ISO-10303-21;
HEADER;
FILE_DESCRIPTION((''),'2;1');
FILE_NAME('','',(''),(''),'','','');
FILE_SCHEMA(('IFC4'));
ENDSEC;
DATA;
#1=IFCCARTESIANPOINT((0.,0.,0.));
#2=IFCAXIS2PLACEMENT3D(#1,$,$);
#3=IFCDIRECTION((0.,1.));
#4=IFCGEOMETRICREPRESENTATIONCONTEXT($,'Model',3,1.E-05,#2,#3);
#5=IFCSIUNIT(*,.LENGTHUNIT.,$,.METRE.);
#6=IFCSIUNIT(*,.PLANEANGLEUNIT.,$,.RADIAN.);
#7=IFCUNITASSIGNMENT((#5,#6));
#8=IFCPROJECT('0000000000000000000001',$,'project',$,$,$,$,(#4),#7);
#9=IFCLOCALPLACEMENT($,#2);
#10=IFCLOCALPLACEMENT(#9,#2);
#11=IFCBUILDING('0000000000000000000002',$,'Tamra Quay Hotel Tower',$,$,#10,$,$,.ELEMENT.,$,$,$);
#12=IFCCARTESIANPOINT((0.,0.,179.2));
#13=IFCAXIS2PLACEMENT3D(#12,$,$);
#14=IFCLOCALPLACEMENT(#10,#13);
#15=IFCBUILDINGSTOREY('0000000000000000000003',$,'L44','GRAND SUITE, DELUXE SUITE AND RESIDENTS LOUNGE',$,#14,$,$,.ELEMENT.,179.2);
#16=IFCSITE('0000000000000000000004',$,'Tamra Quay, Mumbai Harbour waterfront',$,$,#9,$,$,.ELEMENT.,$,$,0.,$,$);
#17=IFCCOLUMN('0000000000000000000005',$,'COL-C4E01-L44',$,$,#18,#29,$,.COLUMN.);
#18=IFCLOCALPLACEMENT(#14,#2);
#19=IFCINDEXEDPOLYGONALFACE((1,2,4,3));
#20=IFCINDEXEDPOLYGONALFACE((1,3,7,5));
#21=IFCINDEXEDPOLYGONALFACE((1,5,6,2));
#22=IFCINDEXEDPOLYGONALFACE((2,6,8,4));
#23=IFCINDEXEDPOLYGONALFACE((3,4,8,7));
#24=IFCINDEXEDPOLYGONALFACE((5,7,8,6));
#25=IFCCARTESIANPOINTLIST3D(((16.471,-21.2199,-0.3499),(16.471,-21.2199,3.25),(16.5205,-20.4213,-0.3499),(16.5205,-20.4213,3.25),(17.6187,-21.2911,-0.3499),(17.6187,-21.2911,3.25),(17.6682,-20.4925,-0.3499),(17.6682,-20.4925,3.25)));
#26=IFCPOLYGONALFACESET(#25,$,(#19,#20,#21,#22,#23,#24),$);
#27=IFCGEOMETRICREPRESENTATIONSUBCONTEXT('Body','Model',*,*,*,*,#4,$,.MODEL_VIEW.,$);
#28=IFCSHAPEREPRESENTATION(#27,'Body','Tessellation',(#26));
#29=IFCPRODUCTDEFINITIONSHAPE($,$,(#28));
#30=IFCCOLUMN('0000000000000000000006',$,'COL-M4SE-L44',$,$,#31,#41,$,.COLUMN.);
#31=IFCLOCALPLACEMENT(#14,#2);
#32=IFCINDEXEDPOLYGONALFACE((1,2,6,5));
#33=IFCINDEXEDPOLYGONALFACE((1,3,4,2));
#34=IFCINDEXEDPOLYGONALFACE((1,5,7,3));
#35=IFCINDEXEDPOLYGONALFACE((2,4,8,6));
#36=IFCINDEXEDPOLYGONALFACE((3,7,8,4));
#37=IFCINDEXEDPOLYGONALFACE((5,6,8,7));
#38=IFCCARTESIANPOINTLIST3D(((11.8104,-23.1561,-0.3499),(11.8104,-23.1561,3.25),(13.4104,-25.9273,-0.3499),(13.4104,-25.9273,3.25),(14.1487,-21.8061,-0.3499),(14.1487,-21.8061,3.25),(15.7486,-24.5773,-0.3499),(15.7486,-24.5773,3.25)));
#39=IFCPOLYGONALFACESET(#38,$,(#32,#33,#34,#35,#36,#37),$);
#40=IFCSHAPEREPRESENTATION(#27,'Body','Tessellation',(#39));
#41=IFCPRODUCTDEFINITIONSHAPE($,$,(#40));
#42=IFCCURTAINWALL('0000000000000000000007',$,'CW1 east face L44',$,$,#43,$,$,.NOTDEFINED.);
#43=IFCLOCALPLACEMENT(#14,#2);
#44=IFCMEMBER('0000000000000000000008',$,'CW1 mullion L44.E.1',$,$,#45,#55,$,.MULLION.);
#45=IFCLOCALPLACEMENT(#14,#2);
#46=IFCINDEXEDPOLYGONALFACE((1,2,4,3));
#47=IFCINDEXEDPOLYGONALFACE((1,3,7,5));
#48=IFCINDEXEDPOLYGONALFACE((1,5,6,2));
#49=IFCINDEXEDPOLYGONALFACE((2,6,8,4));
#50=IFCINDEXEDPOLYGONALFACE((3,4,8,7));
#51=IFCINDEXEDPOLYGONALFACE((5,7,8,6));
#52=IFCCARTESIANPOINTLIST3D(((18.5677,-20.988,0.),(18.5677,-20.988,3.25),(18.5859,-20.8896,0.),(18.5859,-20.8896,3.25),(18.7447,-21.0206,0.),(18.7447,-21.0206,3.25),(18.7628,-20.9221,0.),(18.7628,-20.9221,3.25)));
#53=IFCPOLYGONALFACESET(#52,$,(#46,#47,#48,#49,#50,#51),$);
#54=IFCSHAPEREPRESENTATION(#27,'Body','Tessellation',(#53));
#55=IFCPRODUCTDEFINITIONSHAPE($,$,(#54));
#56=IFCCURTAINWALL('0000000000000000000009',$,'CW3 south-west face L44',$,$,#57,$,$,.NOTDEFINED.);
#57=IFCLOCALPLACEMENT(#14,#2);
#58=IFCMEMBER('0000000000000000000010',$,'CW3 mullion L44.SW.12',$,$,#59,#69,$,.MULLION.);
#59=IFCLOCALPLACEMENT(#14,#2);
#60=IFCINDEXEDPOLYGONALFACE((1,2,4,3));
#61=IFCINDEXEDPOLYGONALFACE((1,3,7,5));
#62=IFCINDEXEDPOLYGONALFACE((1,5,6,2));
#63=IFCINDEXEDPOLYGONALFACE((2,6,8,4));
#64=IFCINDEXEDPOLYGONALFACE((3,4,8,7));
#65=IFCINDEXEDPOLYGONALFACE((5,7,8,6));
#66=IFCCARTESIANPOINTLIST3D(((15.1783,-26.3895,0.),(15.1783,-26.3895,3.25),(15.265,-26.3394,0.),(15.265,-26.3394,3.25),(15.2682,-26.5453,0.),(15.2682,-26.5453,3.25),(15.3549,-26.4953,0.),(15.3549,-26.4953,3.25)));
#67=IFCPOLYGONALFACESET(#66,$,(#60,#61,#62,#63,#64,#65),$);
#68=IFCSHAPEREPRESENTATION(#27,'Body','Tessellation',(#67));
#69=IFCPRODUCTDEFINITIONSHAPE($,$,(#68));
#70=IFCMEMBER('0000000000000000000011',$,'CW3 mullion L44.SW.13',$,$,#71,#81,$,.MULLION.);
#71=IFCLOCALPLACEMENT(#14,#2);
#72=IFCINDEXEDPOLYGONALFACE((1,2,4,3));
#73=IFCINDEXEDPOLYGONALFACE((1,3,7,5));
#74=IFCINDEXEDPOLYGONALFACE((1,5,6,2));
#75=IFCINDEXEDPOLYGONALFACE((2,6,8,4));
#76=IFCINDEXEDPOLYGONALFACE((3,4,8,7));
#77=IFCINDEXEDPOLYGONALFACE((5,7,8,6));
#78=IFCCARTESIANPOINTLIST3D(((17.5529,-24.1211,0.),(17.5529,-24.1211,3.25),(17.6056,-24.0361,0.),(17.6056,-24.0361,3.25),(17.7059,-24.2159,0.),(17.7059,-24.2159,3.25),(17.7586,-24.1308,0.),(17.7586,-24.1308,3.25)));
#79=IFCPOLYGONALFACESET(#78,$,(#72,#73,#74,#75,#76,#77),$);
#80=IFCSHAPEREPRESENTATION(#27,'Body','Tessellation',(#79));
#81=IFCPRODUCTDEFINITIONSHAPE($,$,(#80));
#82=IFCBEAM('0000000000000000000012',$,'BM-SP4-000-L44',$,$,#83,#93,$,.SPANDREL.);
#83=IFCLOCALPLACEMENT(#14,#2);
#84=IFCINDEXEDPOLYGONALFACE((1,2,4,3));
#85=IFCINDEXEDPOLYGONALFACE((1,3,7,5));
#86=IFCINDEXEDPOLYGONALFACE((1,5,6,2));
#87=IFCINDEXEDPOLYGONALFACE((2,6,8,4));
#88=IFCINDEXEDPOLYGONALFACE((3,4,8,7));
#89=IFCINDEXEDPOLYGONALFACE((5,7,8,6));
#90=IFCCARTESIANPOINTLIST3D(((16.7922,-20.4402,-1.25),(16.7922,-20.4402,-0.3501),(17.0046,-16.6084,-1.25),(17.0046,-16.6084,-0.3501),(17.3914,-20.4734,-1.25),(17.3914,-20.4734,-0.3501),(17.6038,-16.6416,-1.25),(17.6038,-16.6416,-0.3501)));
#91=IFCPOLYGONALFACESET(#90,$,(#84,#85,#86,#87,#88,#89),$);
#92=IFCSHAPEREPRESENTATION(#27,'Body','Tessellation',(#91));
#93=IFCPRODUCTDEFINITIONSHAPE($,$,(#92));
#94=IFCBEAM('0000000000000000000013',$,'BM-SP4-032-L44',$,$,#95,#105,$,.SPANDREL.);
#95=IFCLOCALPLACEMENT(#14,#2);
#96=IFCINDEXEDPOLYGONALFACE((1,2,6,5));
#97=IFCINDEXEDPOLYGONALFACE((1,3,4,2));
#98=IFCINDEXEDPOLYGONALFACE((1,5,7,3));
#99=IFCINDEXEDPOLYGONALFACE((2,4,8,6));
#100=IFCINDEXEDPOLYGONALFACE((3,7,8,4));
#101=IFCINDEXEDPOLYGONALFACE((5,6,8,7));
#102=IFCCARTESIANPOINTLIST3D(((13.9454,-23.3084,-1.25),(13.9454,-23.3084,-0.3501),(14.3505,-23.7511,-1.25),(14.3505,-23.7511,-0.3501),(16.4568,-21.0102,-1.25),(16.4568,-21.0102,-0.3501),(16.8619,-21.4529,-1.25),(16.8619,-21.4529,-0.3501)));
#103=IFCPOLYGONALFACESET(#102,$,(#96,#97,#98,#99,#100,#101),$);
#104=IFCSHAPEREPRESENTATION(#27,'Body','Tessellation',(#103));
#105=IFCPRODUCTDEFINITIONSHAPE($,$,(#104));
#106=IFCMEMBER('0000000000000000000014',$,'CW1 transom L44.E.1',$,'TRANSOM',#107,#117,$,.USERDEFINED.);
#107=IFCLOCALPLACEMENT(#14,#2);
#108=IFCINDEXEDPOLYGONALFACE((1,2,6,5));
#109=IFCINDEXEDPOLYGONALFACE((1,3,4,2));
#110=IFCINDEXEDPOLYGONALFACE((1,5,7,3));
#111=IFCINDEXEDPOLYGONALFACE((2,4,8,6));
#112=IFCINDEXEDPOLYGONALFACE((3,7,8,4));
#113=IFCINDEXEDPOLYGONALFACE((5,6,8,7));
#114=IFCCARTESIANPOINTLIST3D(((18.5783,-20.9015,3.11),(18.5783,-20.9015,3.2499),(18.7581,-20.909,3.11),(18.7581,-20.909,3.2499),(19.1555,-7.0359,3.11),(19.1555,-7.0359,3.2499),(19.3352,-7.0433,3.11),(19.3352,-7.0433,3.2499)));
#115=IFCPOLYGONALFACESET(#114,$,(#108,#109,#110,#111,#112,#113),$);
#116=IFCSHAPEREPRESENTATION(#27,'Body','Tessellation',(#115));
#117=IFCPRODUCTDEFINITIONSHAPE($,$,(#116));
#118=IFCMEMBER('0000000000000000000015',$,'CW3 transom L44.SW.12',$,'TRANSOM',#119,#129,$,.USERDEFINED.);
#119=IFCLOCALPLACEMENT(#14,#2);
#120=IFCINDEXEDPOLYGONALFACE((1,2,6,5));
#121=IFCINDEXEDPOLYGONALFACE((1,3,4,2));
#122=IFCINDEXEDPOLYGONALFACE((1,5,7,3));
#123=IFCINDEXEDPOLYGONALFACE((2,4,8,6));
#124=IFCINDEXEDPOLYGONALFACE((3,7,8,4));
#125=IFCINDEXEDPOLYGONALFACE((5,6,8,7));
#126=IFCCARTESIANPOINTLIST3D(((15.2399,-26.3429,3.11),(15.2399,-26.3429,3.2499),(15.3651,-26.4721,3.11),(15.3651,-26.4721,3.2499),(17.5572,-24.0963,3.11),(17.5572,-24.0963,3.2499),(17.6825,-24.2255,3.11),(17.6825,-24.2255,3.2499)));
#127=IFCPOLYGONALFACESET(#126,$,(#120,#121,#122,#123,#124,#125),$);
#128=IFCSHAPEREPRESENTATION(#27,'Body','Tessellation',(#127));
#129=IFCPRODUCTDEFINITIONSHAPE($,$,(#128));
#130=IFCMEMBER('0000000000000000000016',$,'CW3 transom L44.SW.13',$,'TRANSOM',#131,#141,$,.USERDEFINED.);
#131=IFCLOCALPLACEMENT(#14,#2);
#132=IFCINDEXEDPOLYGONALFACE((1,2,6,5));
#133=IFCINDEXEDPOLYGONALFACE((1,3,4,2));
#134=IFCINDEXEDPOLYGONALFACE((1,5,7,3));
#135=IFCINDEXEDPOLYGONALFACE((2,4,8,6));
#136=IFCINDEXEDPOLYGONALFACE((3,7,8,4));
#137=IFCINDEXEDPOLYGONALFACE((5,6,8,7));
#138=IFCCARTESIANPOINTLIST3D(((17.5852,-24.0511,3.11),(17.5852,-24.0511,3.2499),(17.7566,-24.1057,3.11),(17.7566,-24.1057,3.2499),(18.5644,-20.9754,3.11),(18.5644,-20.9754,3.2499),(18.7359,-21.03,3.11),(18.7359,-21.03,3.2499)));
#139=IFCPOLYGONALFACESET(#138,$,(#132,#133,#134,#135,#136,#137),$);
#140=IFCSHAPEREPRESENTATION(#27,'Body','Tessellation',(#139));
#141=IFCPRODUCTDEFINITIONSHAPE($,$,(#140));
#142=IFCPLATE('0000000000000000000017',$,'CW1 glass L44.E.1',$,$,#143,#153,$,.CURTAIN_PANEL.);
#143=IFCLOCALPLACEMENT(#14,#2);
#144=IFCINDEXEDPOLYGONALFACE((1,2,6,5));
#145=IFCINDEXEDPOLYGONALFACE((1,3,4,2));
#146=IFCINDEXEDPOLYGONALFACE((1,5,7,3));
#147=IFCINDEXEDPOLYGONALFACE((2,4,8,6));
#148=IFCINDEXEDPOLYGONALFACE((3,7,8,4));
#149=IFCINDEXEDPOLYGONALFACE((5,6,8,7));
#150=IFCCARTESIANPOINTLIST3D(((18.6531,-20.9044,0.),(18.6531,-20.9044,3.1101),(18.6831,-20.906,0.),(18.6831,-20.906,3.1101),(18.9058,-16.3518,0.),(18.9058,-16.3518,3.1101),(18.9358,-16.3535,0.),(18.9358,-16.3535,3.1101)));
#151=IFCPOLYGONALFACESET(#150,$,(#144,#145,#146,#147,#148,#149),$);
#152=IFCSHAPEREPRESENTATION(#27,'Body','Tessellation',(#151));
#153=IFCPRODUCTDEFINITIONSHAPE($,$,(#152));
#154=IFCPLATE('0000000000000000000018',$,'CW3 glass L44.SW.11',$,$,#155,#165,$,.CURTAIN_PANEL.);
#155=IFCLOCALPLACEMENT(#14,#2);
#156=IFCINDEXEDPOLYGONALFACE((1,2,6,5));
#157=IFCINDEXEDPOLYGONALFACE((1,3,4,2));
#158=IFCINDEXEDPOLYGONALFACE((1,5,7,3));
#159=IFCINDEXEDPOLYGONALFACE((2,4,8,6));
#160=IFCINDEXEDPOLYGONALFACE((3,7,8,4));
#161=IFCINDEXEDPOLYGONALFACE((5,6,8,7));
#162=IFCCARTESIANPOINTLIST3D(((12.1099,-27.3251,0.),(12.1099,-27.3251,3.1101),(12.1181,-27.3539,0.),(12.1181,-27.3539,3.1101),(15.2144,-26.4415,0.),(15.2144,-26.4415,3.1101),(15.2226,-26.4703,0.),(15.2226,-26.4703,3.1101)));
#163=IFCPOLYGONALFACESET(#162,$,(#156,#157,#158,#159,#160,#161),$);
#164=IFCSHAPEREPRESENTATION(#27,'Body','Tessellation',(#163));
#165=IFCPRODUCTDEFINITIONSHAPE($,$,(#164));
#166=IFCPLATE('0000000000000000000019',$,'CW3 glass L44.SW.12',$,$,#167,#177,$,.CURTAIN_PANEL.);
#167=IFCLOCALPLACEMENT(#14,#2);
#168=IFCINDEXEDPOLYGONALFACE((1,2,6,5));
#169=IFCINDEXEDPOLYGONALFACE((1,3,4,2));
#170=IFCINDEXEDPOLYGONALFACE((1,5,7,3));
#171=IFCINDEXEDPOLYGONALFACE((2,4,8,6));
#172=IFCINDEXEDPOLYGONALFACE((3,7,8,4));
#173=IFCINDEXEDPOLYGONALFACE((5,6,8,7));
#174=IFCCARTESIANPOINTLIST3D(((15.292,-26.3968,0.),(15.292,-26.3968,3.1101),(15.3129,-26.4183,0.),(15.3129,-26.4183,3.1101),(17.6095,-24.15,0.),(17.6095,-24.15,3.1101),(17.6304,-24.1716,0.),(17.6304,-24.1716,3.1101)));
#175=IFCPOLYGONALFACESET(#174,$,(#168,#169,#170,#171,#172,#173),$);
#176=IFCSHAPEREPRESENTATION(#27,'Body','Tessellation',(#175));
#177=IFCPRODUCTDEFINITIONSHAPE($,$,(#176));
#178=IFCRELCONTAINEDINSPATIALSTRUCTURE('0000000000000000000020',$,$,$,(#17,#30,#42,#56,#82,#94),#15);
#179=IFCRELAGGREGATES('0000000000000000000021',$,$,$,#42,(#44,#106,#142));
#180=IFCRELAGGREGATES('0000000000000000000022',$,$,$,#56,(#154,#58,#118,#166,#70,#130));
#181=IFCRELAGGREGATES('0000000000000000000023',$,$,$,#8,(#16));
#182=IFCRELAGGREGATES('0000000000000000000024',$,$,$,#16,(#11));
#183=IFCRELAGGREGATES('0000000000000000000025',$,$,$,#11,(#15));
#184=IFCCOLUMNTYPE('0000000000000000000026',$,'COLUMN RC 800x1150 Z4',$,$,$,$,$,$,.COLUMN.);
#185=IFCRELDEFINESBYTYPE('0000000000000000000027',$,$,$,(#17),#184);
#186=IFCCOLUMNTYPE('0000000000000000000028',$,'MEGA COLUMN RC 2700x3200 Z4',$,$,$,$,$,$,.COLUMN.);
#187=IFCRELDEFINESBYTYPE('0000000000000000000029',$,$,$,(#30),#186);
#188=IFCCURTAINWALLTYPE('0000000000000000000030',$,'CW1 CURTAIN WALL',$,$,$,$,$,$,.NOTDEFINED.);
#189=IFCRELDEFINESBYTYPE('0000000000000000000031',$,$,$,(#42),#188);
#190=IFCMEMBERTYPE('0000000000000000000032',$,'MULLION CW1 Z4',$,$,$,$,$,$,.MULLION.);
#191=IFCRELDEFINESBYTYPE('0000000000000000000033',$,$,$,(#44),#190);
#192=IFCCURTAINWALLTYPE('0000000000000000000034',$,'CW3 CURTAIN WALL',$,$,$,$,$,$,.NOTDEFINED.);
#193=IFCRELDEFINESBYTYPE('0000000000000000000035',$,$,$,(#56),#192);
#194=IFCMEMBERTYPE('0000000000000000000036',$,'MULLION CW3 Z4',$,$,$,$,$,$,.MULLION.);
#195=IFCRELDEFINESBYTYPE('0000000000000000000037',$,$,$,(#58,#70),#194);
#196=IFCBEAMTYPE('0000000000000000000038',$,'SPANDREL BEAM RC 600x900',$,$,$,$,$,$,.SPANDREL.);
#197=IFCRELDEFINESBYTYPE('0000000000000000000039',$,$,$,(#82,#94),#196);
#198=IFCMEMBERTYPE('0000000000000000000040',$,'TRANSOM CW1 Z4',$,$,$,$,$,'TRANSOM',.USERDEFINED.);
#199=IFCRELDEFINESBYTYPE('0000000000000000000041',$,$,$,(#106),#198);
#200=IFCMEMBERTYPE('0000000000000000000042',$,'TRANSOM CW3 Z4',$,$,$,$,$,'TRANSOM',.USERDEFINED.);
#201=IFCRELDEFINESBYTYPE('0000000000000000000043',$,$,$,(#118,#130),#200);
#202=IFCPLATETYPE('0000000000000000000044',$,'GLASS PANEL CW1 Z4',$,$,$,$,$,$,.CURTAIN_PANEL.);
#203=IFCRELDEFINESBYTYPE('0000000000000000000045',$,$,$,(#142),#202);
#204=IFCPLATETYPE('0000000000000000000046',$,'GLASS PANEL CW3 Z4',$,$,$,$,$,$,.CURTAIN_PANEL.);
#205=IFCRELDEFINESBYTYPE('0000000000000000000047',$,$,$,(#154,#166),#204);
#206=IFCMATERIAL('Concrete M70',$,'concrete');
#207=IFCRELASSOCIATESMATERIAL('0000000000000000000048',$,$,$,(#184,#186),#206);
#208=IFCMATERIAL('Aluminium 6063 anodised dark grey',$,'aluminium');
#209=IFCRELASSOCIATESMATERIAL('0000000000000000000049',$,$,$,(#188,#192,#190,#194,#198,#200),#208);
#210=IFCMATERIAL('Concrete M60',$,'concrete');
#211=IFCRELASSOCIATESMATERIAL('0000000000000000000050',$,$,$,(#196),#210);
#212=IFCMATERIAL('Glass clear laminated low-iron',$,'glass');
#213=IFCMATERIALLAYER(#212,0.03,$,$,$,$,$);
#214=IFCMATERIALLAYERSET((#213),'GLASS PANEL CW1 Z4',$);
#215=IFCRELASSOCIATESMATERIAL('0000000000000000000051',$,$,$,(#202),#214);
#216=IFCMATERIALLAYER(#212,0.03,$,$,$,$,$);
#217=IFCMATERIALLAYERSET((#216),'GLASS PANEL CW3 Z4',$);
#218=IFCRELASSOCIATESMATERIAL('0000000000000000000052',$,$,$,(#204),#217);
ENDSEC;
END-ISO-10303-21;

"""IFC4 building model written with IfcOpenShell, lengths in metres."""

from ifc_helpers import new_model, si_unit, direction, frame, origin, origin_2d, place, context, subcontext, project, spatial, rectangle, extrude, material, layer, layer_set, material_profile, profile_set, type_object, element, aggregate, save


model = new_model("IFC4")

# Units and contexts
model_context = context("Model", 3, precision=1e-05, world=origin(), true_north=direction((0.0, 1.0)))
body_context = subcontext(model_context, "Body", "Model", "MODEL_VIEW")
ifc_project = project(units=[si_unit("LENGTHUNIT", "METRE"), si_unit("PLANEANGLEUNIT", "RADIAN")], contexts=[model_context])

# Site, building, storey
site_placement = place(None, origin())
site = spatial("IfcSite", under=ifc_project, at=site_placement, Name="Tamra Quay, Mumbai Harbour waterfront", CompositionType="ELEMENT", RefElevation=0.0)
building_placement = place(site_placement, origin())
building = spatial("IfcBuilding", under=site, at=building_placement, Name="Tamra Quay Hotel Tower", CompositionType="ELEMENT")
storey_placement = place(building_placement, frame((0.0, 0.0, 179.2)))
storey = spatial("IfcBuildingStorey", under=building, at=storey_placement, Name="L44", Description="GRAND SUITE, DELUXE SUITE AND RESIDENTS LOUNGE", CompositionType="ELEMENT", Elevation=179.2)

# Columns
ifc_material_1 = material(Name="Concrete M70", Category="concrete")
ifc_material_profile_1 = material_profile(ifc_material_1, rectangle(XDim=1.1499, YDim=0.8, at=origin_2d()), Name="COLUMN RC 800x1150 Z4")
ifc_profile_set_1 = profile_set([ifc_material_profile_1], Name="Concrete M70")
column_type_1 = type_object("IfcColumnType", Name="COLUMN RC 800x1150 Z4", PredefinedType="COLUMN", material=ifc_profile_set_1)
column_1_placement = place(storey_placement, frame((17.0696, -20.8562, -0.3499), z_axis=(0.0, 0.0, 1.0), x_axis=(-0.998081, 0.061921, 0.0)))
element("IfcColumn", 1, at=column_1_placement, inside=storey, type_object=column_type_1, Name="COL-C4E01-L44", PredefinedType="COLUMN", context=body_context, shape_type="SweptSolid", body=[
    extrude(rectangle(XDim=1.1499, YDim=0.8, at=origin_2d()), origin(), (0.0, 0.0, 1.0), 3.5999),
])
ifc_material_profile_2 = material_profile(ifc_material_1, rectangle(XDim=3.2, YDim=2.7, at=origin_2d()), Name="MEGA COLUMN RC 2700x3200 Z4")
ifc_profile_set_2 = profile_set([ifc_material_profile_2], Name="Concrete M70")
column_type_2 = type_object("IfcColumnType", Name="MEGA COLUMN RC 2700x3200 Z4", PredefinedType="COLUMN", material=ifc_profile_set_2)
column_2_placement = place(storey_placement, frame((13.7795, -23.8667, -0.3499), z_axis=(0.0, 0.0, 1.0), x_axis=(-0.5, 0.866025, 0.0)))
element("IfcColumn", 2, at=column_2_placement, inside=storey, type_object=column_type_2, Name="COL-M4SE-L44", PredefinedType="COLUMN", context=body_context, shape_type="SweptSolid", body=[
    extrude(rectangle(XDim=3.2, YDim=2.7, at=origin_2d()), origin(), (0.0, 0.0, 1.0), 3.5999),
])

# Curtain wall, member
ifc_material_2 = material(Name="Aluminium 6063 anodised dark grey", Category="aluminium")
curtain_wall_type_1 = type_object("IfcCurtainWallType", Name="CW1 CURTAIN WALL", PredefinedType="NOTDEFINED", material=ifc_material_2)
curtain_wall_1_placement = place(storey_placement, origin())
curtain_wall_1 = element("IfcCurtainWall", 3, at=curtain_wall_1_placement, inside=storey, type_object=curtain_wall_type_1, Name="CW1 east face L44", PredefinedType="NOTDEFINED")
ifc_material_profile_3 = material_profile(ifc_material_2, rectangle(XDim=0.1799, YDim=0.1001, at=origin_2d()), Name="MULLION 100X180")
ifc_profile_set_3 = profile_set([ifc_material_profile_3], Name="Aluminium 6063 anodised dark grey")
member_type_1 = type_object("IfcMemberType", Name="MULLION CW1 Z4", PredefinedType="MULLION", material=ifc_profile_set_3)
member_1_placement = place(storey_placement, frame((18.6653, -20.9551, 0.0), z_axis=(0.0, 0.0, 1.0), x_axis=(0.983509, -0.180857, 0.0)))
member_1 = element("IfcMember", 4, at=member_1_placement, type_object=member_type_1, Name="CW1 mullion L44.E.1", PredefinedType="MULLION", context=body_context, shape_type="SweptSolid", body=[
    extrude(rectangle(XDim=0.1799, YDim=0.1001, at=origin_2d()), origin(), (0.0, 0.0, 1.0), 3.25),
])

# Curtain wall, members
curtain_wall_type_2 = type_object("IfcCurtainWallType", Name="CW3 CURTAIN WALL", PredefinedType="NOTDEFINED", material=ifc_material_2)
curtain_wall_2_placement = place(storey_placement, origin())
curtain_wall_2 = element("IfcCurtainWall", 5, at=curtain_wall_2_placement, inside=storey, type_object=curtain_wall_type_2, Name="CW3 south-west face L44", PredefinedType="NOTDEFINED")
ifc_material_profile_4 = material_profile(ifc_material_2, rectangle(XDim=0.1799, YDim=0.1001, at=origin_2d()), Name="MULLION 100X180")
ifc_profile_set_4 = profile_set([ifc_material_profile_4], Name="Aluminium 6063 anodised dark grey")
member_type_2 = type_object("IfcMemberType", Name="MULLION CW3 Z4", PredefinedType="MULLION", material=ifc_profile_set_4)
member_2_placement = place(storey_placement, frame((15.2666, -26.4424, 0.0), z_axis=(0.0, 0.0, 1.0), x_axis=(0.5, -0.866025, 0.0)))
member_2 = element("IfcMember", 6, at=member_2_placement, type_object=member_type_2, Name="CW3 mullion L44.SW.12", PredefinedType="MULLION", context=body_context, shape_type="SweptSolid", body=[
    extrude(rectangle(XDim=0.1799, YDim=0.1001, at=origin_2d()), origin(), (0.0, 0.0, 1.0), 3.25),
])
member_3_placement = place(storey_placement, frame((17.6558, -24.126, 0.0), z_axis=(0.0, 0.0, 1.0), x_axis=(0.850122, -0.526586, 0.0)))
member_3 = element("IfcMember", 7, at=member_3_placement, type_object=member_type_2, Name="CW3 mullion L44.SW.13", PredefinedType="MULLION", context=body_context, shape_type="SweptSolid", body=[
    extrude(rectangle(XDim=0.1799, YDim=0.1001, at=origin_2d()), origin(), (0.0, 0.0, 1.0), 3.25),
])

# Beams
ifc_material_3 = material(Name="Concrete M60", Category="concrete")
ifc_material_profile_5 = material_profile(ifc_material_3, rectangle(XDim=0.6001, YDim=0.8999, at=origin_2d()), Name="SPANDREL BEAM RC 600x900")
ifc_profile_set_5 = profile_set([ifc_material_profile_5], Name="Concrete M60")
beam_type = type_object("IfcBeamType", Name="SPANDREL BEAM RC 600x900", PredefinedType="SPANDREL", material=ifc_profile_set_5)
beam_1_placement = place(storey_placement, frame((17.0918, -20.4568, -0.8), z_axis=(0.055347, 0.998467, 0.0), x_axis=(-0.998467, 0.055347, 0.0)))
element("IfcBeam", 8, at=beam_1_placement, inside=storey, type_object=beam_type, Name="BM-SP4-000-L44", PredefinedType="SPANDREL", context=body_context, shape_type="SweptSolid", body=[
    extrude(rectangle(XDim=0.6001, YDim=0.8999, at=origin_2d()), origin(), (0.0, 0.0, 1.0), 3.8376),
])
beam_2_placement = place(storey_placement, frame((14.1479, -23.5298, -0.8), z_axis=(0.737716, 0.675111, 0.0), x_axis=(-0.675111, 0.737716, 0.0)))
element("IfcBeam", 9, at=beam_2_placement, inside=storey, type_object=beam_type, Name="BM-SP4-032-L44", PredefinedType="SPANDREL", context=body_context, shape_type="SweptSolid", body=[
    extrude(rectangle(XDim=0.6001, YDim=0.8999, at=origin_2d()), origin(), (0.0, 0.0, 1.0), 3.4043),
])

# Members
ifc_material_profile_6 = material_profile(ifc_material_2, rectangle(XDim=0.1799, YDim=0.1399, at=origin_2d()), Name="TRANSOM 180X140")
ifc_profile_set_6 = profile_set([ifc_material_profile_6], Name="Aluminium 6063 anodised dark grey")
member_type_3 = type_object("IfcMemberType", Name="TRANSOM CW1 Z4", ElementType="TRANSOM", PredefinedType="USERDEFINED", material=ifc_profile_set_6)
member_4_placement = place(storey_placement, frame((18.6682, -20.9053, 3.1799), z_axis=(0.041588, 0.999135, 0.0), x_axis=(-0.999135, 0.041588, 0.0)))
member_4 = element("IfcMember", 10, at=member_4_placement, type_object=member_type_3, Name="CW1 transom L44.E.1", ObjectType="TRANSOM", PredefinedType="USERDEFINED", context=body_context, shape_type="SweptSolid", body=[
    extrude(rectangle(XDim=0.1799, YDim=0.1399, at=origin_2d()), origin(), (0.0, 0.0, 1.0), 13.8777),
])
ifc_material_profile_7 = material_profile(ifc_material_2, rectangle(XDim=0.1799, YDim=0.1399, at=origin_2d()), Name="TRANSOM 180X140")
ifc_profile_set_7 = profile_set([ifc_material_profile_7], Name="Aluminium 6063 anodised dark grey")
member_type_4 = type_object("IfcMemberType", Name="TRANSOM CW3 Z4", ElementType="TRANSOM", PredefinedType="USERDEFINED", material=ifc_profile_set_7)
member_5_placement = place(storey_placement, frame((15.3025, -26.4075, 3.1799), z_axis=(0.71799, 0.696054, 0.0), x_axis=(-0.696054, 0.71799, 0.0)))
member_5 = element("IfcMember", 11, at=member_5_placement, type_object=member_type_4, Name="CW3 transom L44.SW.12", ObjectType="TRANSOM", PredefinedType="USERDEFINED", context=body_context, shape_type="SweptSolid", body=[
    extrude(rectangle(XDim=0.1799, YDim=0.1399, at=origin_2d()), origin(), (0.0, 0.0, 1.0), 3.2275),
])
member_6_placement = place(storey_placement, frame((17.6709, -24.0784, 3.1799), z_axis=(0.303378, 0.95287, 0.0), x_axis=(-0.95287, 0.303378, 0.0)))
member_6 = element("IfcMember", 12, at=member_6_placement, type_object=member_type_4, Name="CW3 transom L44.SW.13", ObjectType="TRANSOM", PredefinedType="USERDEFINED", context=body_context, shape_type="SweptSolid", body=[
    extrude(rectangle(XDim=0.1799, YDim=0.1399, at=origin_2d()), origin(), (0.0, 0.0, 1.0), 3.2278),
])

# Plates
ifc_material_4 = material(Name="Glass clear laminated low-iron", Category="glass")
ifc_layer_1 = layer(ifc_material_4, 0.03)
ifc_layer_set_1 = layer_set([ifc_layer_1], Name="GLASS PANEL CW1 Z4")
plate_type_1 = type_object("IfcPlateType", Name="GLASS PANEL CW1 Z4", PredefinedType="CURTAIN_PANEL", material=ifc_layer_set_1)
plate_1_placement = place(storey_placement, frame((18.7944, -18.6289, 0.0), z_axis=(0.0, 0.0, 1.0), x_axis=(0.055417, 0.998463, 0.0)))
plate_1 = element("IfcPlate", 13, at=plate_1_placement, type_object=plate_type_1, Name="CW1 glass L44.E.1", PredefinedType="CURTAIN_PANEL", context=body_context, shape_type="SweptSolid", body=[
    extrude(rectangle(XDim=4.5596, YDim=0.03, at=origin_2d()), origin(), (0.0, 0.0, 1.0), 3.1101),
])
aggregate(curtain_wall_1, [member_1, member_4, plate_1])
ifc_layer_2 = layer(ifc_material_4, 0.03)
ifc_layer_set_2 = layer_set([ifc_layer_2], Name="GLASS PANEL CW3 Z4")
plate_type_2 = type_object("IfcPlateType", Name="GLASS PANEL CW3 Z4", PredefinedType="CURTAIN_PANEL", material=ifc_layer_set_2)
plate_2_placement = place(storey_placement, frame((13.6663, -26.8977, 0.0), z_axis=(0.0, 0.0, 1.0), x_axis=(0.961801, 0.27375, 0.0)))
plate_2 = element("IfcPlate", 14, at=plate_2_placement, type_object=plate_type_2, Name="CW3 glass L44.SW.11", PredefinedType="CURTAIN_PANEL", context=body_context, shape_type="SweptSolid", body=[
    extrude(rectangle(XDim=3.2278, YDim=0.03, at=origin_2d()), origin(), (0.0, 0.0, 1.0), 3.1101),
])
plate_3_placement = place(storey_placement, frame((16.4612, -25.2842, 0.0), z_axis=(0.0, 0.0, 1.0), x_axis=(0.717975, 0.696069, 0.0)))
plate_3 = element("IfcPlate", 15, at=plate_3_placement, type_object=plate_type_2, Name="CW3 glass L44.SW.12", PredefinedType="CURTAIN_PANEL", context=body_context, shape_type="SweptSolid", body=[
    extrude(rectangle(XDim=3.2278, YDim=0.03, at=origin_2d()), origin(), (0.0, 0.0, 1.0), 3.1101),
])
aggregate(curtain_wall_2, [plate_2, member_2, member_5, plate_3, member_3, member_6])

save(model, "model.ifc")
